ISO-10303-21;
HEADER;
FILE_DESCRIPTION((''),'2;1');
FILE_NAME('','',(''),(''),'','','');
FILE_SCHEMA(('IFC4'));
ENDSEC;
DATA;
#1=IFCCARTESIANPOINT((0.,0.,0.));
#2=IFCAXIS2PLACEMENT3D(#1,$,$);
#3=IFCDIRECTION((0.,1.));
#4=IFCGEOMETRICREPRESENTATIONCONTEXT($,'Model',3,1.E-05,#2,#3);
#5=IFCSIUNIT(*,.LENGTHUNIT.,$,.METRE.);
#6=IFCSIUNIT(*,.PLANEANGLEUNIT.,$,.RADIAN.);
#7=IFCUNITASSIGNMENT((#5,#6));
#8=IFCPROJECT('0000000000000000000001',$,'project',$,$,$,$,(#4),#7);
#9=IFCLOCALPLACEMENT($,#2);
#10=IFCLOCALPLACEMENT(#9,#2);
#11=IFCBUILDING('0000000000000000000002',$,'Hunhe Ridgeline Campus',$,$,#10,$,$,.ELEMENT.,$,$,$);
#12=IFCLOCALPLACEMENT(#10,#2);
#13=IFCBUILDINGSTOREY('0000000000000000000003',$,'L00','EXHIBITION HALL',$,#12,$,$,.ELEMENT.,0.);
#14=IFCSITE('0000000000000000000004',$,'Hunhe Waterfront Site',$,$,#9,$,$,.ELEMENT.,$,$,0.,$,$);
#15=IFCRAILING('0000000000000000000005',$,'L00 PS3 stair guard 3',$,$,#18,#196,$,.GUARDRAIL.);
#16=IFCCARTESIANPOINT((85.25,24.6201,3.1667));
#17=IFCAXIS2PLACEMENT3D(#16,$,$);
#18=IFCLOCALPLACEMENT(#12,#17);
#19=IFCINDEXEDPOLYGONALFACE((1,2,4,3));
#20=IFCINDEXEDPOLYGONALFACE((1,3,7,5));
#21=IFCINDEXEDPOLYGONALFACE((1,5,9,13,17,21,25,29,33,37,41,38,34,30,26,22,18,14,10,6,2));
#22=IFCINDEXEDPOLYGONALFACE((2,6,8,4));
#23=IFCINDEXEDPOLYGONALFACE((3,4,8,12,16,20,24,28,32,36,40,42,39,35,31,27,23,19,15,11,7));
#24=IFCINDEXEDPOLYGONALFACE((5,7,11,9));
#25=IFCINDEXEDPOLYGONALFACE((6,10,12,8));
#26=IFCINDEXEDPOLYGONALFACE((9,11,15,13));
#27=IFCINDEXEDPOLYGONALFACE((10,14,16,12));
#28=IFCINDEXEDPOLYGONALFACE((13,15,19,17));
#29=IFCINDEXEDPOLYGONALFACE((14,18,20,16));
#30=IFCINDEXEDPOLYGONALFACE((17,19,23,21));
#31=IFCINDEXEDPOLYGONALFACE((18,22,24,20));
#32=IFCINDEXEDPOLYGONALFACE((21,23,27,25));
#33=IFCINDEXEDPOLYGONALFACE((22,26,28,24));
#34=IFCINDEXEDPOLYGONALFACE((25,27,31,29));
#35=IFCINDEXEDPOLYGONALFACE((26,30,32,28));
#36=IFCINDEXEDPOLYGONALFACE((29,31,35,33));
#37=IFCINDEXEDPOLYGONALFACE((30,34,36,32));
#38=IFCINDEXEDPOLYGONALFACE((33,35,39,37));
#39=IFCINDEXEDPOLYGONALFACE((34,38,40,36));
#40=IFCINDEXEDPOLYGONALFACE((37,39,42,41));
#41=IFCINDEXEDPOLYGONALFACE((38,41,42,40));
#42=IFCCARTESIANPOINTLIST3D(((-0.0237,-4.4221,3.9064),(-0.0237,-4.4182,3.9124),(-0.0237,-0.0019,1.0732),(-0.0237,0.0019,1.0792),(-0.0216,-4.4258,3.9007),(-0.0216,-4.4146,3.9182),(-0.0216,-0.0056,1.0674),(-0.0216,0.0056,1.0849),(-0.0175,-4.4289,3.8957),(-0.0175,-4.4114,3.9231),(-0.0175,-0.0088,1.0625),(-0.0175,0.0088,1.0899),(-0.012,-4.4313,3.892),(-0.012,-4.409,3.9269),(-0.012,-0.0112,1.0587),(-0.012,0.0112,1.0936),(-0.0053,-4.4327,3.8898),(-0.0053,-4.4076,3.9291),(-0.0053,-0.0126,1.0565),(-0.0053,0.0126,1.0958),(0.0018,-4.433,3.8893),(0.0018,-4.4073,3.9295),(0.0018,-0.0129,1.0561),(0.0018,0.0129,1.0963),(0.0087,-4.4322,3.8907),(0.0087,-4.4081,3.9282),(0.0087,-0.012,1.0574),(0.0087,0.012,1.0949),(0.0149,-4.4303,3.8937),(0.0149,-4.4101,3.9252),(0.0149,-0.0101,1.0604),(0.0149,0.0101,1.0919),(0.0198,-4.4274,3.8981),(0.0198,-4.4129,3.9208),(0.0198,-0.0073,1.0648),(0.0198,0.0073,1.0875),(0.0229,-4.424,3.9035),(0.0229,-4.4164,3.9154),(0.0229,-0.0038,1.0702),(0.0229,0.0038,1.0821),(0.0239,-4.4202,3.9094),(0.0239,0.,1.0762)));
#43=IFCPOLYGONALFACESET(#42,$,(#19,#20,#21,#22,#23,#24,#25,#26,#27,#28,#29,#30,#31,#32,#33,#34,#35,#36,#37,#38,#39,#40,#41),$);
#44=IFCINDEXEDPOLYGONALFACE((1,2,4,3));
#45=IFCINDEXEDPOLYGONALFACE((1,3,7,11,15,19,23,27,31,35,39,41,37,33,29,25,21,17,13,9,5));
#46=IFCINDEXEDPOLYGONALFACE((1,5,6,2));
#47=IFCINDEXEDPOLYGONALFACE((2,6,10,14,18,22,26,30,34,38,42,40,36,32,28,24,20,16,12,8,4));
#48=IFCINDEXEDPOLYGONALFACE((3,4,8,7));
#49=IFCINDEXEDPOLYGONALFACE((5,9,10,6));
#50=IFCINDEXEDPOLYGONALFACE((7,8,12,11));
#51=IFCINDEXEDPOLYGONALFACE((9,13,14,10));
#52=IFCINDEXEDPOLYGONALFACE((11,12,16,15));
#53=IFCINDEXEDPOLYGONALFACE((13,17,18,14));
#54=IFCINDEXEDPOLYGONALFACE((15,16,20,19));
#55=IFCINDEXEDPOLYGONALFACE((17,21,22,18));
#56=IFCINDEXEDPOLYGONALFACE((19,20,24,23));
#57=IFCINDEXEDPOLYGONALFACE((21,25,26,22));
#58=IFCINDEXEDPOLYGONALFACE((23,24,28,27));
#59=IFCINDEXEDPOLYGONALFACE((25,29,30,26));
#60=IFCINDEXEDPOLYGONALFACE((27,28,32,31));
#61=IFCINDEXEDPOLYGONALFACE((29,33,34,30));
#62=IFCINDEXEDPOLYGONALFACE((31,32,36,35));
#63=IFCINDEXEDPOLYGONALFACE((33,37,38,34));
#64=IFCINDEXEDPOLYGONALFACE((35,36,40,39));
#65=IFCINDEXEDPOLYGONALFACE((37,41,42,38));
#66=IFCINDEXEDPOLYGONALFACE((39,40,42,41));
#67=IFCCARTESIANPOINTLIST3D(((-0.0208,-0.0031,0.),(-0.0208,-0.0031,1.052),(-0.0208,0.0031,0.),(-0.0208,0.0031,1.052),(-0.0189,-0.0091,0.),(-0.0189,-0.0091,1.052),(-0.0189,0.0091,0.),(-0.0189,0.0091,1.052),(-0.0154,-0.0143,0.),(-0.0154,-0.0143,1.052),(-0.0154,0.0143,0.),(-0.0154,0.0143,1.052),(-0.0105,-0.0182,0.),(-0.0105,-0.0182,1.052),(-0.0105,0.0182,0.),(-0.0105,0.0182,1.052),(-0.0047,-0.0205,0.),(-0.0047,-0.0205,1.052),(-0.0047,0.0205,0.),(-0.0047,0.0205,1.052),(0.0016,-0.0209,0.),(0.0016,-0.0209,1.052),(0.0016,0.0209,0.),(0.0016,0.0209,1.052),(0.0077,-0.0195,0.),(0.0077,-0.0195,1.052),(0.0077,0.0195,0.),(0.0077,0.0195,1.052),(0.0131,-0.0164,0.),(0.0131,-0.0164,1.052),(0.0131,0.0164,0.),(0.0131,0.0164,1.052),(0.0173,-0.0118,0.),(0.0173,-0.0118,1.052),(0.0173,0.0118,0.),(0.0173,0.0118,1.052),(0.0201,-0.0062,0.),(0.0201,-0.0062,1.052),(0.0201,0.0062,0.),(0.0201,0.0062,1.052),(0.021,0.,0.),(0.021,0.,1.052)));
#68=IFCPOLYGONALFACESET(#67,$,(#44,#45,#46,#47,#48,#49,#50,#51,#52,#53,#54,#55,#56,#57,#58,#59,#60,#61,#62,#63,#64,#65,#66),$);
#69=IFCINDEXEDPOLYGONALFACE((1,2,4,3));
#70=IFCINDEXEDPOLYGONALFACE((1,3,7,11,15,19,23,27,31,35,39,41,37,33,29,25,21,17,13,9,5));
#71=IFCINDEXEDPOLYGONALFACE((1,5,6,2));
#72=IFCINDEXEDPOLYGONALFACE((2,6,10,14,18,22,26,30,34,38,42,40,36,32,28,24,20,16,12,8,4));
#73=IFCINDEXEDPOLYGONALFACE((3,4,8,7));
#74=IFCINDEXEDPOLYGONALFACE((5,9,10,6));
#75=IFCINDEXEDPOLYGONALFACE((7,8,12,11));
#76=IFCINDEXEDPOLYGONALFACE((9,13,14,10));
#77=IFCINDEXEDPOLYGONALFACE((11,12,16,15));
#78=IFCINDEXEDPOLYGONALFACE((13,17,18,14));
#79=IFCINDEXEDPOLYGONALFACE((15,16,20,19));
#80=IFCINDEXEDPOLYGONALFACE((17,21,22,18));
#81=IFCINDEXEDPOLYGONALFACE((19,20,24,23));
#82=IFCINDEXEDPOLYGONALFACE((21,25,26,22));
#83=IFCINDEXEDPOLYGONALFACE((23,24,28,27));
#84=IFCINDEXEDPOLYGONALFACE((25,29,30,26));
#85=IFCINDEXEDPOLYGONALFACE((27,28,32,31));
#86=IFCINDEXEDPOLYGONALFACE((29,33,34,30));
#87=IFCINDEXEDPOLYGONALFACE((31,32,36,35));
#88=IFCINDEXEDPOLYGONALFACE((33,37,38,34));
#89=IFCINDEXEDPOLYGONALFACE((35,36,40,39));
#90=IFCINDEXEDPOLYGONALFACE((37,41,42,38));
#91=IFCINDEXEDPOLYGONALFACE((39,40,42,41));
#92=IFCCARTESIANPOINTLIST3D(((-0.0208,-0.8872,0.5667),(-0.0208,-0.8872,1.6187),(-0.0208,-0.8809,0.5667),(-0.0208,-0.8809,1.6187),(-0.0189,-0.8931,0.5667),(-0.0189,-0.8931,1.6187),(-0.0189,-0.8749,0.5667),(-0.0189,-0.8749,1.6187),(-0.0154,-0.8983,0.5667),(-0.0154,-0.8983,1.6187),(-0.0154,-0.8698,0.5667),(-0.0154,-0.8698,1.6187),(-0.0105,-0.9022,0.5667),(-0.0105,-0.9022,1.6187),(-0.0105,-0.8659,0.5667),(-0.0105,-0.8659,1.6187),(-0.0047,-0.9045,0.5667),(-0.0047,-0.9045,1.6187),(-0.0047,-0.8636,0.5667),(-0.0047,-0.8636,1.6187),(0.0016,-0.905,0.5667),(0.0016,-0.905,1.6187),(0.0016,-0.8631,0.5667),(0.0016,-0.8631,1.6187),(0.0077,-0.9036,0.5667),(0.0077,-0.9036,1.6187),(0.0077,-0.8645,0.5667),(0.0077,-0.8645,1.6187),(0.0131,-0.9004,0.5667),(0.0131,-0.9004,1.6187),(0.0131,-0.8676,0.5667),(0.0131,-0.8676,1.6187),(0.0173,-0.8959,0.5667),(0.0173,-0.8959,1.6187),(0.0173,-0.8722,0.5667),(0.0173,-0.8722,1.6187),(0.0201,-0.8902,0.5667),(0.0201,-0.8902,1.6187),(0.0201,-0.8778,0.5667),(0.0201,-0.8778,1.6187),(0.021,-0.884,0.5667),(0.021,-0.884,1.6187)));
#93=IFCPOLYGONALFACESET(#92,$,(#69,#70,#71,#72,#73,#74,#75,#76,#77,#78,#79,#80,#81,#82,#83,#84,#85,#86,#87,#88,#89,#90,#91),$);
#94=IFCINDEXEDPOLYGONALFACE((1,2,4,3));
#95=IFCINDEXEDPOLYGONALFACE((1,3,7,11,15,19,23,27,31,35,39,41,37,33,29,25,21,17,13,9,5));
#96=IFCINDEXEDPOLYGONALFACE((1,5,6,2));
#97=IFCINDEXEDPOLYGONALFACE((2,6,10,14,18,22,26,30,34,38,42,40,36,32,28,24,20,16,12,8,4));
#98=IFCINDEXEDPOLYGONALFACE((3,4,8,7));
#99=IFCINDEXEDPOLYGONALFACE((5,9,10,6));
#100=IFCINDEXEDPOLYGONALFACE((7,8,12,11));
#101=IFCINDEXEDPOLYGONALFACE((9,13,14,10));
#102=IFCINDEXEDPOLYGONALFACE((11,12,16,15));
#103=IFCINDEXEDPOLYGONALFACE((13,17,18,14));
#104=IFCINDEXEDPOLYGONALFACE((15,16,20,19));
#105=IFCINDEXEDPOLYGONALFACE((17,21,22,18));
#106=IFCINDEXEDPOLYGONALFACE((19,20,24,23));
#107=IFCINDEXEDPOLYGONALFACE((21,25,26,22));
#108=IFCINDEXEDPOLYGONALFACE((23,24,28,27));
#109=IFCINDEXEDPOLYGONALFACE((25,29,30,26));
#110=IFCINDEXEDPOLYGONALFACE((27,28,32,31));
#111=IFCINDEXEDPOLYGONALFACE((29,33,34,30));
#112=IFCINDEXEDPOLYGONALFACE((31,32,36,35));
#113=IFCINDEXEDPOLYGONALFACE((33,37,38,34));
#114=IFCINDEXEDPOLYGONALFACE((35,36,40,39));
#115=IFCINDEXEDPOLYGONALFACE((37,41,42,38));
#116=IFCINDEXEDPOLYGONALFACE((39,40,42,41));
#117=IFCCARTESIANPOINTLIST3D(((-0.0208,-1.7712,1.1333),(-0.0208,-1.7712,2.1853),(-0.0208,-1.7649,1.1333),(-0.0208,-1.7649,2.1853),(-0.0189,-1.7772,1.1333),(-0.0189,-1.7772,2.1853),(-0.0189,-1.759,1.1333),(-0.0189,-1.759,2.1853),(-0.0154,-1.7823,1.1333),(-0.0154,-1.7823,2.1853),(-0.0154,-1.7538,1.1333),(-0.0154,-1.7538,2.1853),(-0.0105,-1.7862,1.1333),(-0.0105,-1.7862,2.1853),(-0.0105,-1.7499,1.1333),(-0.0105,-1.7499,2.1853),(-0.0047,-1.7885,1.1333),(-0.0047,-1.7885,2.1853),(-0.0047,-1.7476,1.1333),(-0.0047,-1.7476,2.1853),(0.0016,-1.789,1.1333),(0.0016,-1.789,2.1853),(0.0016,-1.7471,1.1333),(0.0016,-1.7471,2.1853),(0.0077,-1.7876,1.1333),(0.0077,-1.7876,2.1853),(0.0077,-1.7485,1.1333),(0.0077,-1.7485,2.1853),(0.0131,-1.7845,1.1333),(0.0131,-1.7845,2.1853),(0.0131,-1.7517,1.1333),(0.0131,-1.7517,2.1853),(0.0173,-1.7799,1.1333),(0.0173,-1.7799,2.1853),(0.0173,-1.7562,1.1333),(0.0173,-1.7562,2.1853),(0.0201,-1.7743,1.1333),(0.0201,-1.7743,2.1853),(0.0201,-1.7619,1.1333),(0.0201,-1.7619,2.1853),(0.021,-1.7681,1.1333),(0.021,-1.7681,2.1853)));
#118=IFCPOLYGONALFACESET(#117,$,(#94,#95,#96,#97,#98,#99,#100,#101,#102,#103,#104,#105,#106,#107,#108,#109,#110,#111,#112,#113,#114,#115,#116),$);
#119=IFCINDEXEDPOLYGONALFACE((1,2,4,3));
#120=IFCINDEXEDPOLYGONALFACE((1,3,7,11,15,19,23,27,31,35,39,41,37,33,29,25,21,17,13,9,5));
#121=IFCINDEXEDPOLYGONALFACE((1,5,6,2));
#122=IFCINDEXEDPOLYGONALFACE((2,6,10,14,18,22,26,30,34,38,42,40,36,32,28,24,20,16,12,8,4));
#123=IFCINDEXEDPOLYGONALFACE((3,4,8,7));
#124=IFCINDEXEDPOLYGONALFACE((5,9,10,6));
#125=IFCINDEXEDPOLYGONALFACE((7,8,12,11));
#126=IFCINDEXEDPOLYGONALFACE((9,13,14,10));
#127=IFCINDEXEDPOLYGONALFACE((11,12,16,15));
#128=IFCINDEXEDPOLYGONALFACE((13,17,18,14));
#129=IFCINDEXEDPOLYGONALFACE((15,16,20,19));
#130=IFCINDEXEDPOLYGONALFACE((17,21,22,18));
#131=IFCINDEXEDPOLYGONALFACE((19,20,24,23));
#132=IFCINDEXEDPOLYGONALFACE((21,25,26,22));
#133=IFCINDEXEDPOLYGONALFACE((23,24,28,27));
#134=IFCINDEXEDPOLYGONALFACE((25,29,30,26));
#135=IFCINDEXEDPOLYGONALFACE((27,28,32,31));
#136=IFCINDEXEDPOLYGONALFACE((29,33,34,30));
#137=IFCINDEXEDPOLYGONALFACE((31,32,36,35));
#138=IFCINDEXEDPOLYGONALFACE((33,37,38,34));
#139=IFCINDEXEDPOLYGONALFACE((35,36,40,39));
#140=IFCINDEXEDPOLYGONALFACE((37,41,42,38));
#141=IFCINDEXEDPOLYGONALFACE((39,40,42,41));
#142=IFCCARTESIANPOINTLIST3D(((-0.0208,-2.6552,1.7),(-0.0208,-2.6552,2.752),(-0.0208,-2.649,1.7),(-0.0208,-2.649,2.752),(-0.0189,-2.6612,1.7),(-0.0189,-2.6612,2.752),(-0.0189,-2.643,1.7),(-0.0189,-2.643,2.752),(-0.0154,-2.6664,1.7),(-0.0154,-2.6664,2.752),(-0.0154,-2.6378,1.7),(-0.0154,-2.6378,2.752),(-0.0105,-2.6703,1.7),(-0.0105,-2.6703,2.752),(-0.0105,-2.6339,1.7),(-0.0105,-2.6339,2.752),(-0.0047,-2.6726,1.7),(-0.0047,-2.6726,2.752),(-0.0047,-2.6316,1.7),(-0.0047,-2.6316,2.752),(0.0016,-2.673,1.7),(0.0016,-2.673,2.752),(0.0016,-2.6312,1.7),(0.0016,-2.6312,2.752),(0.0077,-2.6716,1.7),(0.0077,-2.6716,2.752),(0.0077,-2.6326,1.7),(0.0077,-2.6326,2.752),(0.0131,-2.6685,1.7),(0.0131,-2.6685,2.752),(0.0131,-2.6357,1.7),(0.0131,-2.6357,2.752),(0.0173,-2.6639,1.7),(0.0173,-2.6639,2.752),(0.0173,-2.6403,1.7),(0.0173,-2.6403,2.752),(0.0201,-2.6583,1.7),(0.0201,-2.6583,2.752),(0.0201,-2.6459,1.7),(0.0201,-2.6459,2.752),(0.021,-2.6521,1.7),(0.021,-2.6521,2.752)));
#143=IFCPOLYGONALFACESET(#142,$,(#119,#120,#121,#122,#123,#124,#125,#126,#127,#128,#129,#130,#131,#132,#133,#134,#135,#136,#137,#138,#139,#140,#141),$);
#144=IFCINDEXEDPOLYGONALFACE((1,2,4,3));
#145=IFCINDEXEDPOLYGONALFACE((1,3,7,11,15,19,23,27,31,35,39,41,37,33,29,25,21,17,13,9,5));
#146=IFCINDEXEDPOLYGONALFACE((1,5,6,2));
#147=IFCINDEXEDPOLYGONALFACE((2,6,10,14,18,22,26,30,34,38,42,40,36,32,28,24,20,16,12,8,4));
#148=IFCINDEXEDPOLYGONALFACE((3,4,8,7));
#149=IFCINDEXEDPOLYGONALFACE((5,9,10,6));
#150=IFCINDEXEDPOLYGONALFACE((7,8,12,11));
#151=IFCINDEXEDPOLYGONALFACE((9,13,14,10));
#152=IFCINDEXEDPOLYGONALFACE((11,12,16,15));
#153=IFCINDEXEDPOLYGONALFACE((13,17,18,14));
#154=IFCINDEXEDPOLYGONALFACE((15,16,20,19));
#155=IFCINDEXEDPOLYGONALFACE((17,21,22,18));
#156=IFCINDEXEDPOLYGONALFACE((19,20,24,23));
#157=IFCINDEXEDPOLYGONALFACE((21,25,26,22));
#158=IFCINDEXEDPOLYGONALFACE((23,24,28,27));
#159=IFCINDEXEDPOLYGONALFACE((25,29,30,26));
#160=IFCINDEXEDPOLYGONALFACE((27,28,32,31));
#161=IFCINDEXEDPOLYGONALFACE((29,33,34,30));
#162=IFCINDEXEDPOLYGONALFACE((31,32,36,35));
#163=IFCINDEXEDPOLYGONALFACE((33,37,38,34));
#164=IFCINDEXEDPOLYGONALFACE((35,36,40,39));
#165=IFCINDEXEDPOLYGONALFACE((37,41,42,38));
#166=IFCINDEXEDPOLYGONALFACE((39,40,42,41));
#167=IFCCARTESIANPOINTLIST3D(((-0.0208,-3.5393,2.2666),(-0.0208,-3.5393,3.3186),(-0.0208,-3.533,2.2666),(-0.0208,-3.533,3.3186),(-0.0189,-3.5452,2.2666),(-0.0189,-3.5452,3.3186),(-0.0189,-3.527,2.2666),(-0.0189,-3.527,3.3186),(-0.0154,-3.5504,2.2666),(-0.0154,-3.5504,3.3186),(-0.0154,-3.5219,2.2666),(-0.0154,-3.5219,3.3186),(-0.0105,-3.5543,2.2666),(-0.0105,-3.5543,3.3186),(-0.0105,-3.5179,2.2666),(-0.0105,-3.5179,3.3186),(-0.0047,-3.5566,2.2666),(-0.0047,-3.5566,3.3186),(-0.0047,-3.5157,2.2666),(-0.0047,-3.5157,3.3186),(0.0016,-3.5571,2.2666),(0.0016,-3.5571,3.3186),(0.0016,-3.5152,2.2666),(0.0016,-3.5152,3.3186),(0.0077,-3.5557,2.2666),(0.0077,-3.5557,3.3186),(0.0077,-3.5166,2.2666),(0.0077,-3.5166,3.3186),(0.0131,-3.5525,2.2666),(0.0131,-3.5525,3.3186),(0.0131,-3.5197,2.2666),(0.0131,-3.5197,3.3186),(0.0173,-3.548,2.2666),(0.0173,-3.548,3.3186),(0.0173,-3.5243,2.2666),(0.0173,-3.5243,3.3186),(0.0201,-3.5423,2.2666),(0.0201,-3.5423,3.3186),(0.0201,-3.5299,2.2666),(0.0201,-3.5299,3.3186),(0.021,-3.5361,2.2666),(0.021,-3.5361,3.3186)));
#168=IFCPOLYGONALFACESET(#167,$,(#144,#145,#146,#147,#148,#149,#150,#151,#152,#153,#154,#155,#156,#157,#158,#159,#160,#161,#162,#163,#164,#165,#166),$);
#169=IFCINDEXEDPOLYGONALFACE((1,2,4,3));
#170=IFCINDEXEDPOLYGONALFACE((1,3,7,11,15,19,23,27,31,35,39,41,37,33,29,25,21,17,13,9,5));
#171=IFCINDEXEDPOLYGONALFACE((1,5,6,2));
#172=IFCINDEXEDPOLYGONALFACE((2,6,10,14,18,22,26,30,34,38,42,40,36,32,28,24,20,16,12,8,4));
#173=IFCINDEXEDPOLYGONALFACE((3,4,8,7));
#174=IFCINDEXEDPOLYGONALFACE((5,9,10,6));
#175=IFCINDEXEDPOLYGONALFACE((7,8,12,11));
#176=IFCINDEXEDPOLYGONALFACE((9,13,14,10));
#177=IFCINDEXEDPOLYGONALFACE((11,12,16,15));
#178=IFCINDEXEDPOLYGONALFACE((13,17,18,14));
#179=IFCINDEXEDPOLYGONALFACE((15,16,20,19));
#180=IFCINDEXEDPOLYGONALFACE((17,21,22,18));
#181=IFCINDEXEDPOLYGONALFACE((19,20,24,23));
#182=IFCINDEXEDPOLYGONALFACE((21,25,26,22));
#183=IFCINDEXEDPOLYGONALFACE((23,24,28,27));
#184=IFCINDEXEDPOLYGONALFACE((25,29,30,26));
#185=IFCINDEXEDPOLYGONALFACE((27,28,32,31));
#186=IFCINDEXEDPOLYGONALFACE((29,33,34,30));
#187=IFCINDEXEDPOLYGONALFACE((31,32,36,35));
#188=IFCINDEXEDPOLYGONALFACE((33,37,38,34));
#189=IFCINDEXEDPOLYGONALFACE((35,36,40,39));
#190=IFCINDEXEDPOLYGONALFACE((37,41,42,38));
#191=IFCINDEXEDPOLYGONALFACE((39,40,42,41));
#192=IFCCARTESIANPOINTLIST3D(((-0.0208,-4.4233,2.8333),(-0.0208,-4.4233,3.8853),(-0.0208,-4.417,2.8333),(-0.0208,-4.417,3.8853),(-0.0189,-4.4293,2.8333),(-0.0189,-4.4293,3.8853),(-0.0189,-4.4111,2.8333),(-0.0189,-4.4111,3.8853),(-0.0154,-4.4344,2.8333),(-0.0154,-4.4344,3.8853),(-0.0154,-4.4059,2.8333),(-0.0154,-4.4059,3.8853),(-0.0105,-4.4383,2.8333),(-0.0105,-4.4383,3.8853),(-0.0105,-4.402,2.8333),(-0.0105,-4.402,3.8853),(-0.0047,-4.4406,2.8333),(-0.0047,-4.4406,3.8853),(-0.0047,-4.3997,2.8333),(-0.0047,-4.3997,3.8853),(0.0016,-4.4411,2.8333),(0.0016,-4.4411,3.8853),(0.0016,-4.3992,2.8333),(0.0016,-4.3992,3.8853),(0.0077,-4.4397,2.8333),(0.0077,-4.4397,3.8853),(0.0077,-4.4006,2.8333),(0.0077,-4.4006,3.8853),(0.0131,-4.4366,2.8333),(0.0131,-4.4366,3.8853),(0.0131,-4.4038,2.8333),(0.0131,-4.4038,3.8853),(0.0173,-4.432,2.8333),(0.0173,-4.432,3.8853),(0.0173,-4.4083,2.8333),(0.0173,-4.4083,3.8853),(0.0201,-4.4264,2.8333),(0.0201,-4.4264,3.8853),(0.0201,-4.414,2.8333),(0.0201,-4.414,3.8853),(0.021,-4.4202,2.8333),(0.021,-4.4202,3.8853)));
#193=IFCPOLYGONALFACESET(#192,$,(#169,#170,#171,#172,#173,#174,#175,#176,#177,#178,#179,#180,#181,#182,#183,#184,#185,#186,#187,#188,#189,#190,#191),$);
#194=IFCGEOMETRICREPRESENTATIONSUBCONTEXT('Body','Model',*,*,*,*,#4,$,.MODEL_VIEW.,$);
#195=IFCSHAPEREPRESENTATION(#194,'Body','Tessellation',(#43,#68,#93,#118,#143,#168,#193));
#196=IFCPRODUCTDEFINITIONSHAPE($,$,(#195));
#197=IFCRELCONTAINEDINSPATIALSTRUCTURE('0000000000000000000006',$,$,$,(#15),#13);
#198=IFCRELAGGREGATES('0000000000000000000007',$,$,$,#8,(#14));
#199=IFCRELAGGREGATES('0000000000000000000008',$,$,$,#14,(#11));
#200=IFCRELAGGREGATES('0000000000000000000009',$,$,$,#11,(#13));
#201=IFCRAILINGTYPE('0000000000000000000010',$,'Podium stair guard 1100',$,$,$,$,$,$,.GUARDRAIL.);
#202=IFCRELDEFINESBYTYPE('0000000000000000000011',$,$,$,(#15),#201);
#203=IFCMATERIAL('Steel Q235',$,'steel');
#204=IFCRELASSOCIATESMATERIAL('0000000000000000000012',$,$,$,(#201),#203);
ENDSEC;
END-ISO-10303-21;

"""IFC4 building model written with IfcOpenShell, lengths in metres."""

from ifc_helpers import new_model, si_unit, direction, frame, origin, origin_2d, place, context, subcontext, project, spatial, circle, extrude, material, type_object, element, save


model = new_model("IFC4")

# Units and contexts
model_context = context("Model", 3, precision=1e-05, world=origin(), true_north=direction((0.0, 1.0)))
body_context = subcontext(model_context, "Body", "Model", "MODEL_VIEW")
ifc_project = project(units=[si_unit("LENGTHUNIT", "METRE"), si_unit("PLANEANGLEUNIT", "RADIAN")], contexts=[model_context])

# Site, building, storey
site_placement = place(None, origin())
site = spatial("IfcSite", under=ifc_project, at=site_placement, Name="Hunhe Waterfront Site", CompositionType="ELEMENT", RefElevation=0.0)
building_placement = place(site_placement, origin())
building = spatial("IfcBuilding", under=site, at=building_placement, Name="Hunhe Ridgeline Campus", CompositionType="ELEMENT")
storey_placement = place(building_placement, origin())
storey = spatial("IfcBuildingStorey", under=building, at=storey_placement, Name="L00", Description="EXHIBITION HALL", CompositionType="ELEMENT", Elevation=0.0)

# Shared definitions
ifc_material_1 = material(Name="Steel Q235", Category="steel")

# Railing
railing_type_1 = type_object("IfcRailingType", Name="Podium stair guard 1100", PredefinedType="GUARDRAIL", material=ifc_material_1)
railing_1_placement = place(storey_placement, frame((85.25, 24.6201, 3.1667)))
element("IfcRailing", 1, at=railing_1_placement, inside=storey, type_object=railing_type_1, Name="L00 PS3 stair guard 3", PredefinedType="GUARDRAIL", context=body_context, shape_type="SweptSolid", body=[
    extrude(circle(Radius=0.0239, at=origin_2d()), frame((0.0, 0.0, 1.0762), z_axis=(0.0, -0.841895, 0.539641), x_axis=(1.0, 0.0, 0.0)), (0.0, 0.0, 1.0), 5.2502),
    extrude(circle(Radius=0.021, at=origin_2d()), origin(), (0.0, 0.0, 1.0), 1.052),
    extrude(circle(Radius=0.021, at=origin_2d()), frame((0.0, -0.884, 0.5667)), (0.0, 0.0, 1.0), 1.052),
    extrude(circle(Radius=0.021, at=origin_2d()), frame((0.0, -1.7681, 1.1333)), (0.0, 0.0, 1.0), 1.052),
    extrude(circle(Radius=0.021, at=origin_2d()), frame((0.0, -2.6521, 1.7)), (0.0, 0.0, 1.0), 1.052),
    extrude(circle(Radius=0.021, at=origin_2d()), frame((0.0, -3.5361, 2.2666)), (0.0, 0.0, 1.0), 1.052),
    extrude(circle(Radius=0.021, at=origin_2d()), frame((0.0, -4.4202, 2.8333)), (0.0, 0.0, 1.0), 1.052),
])

save(model, "model.ifc")
